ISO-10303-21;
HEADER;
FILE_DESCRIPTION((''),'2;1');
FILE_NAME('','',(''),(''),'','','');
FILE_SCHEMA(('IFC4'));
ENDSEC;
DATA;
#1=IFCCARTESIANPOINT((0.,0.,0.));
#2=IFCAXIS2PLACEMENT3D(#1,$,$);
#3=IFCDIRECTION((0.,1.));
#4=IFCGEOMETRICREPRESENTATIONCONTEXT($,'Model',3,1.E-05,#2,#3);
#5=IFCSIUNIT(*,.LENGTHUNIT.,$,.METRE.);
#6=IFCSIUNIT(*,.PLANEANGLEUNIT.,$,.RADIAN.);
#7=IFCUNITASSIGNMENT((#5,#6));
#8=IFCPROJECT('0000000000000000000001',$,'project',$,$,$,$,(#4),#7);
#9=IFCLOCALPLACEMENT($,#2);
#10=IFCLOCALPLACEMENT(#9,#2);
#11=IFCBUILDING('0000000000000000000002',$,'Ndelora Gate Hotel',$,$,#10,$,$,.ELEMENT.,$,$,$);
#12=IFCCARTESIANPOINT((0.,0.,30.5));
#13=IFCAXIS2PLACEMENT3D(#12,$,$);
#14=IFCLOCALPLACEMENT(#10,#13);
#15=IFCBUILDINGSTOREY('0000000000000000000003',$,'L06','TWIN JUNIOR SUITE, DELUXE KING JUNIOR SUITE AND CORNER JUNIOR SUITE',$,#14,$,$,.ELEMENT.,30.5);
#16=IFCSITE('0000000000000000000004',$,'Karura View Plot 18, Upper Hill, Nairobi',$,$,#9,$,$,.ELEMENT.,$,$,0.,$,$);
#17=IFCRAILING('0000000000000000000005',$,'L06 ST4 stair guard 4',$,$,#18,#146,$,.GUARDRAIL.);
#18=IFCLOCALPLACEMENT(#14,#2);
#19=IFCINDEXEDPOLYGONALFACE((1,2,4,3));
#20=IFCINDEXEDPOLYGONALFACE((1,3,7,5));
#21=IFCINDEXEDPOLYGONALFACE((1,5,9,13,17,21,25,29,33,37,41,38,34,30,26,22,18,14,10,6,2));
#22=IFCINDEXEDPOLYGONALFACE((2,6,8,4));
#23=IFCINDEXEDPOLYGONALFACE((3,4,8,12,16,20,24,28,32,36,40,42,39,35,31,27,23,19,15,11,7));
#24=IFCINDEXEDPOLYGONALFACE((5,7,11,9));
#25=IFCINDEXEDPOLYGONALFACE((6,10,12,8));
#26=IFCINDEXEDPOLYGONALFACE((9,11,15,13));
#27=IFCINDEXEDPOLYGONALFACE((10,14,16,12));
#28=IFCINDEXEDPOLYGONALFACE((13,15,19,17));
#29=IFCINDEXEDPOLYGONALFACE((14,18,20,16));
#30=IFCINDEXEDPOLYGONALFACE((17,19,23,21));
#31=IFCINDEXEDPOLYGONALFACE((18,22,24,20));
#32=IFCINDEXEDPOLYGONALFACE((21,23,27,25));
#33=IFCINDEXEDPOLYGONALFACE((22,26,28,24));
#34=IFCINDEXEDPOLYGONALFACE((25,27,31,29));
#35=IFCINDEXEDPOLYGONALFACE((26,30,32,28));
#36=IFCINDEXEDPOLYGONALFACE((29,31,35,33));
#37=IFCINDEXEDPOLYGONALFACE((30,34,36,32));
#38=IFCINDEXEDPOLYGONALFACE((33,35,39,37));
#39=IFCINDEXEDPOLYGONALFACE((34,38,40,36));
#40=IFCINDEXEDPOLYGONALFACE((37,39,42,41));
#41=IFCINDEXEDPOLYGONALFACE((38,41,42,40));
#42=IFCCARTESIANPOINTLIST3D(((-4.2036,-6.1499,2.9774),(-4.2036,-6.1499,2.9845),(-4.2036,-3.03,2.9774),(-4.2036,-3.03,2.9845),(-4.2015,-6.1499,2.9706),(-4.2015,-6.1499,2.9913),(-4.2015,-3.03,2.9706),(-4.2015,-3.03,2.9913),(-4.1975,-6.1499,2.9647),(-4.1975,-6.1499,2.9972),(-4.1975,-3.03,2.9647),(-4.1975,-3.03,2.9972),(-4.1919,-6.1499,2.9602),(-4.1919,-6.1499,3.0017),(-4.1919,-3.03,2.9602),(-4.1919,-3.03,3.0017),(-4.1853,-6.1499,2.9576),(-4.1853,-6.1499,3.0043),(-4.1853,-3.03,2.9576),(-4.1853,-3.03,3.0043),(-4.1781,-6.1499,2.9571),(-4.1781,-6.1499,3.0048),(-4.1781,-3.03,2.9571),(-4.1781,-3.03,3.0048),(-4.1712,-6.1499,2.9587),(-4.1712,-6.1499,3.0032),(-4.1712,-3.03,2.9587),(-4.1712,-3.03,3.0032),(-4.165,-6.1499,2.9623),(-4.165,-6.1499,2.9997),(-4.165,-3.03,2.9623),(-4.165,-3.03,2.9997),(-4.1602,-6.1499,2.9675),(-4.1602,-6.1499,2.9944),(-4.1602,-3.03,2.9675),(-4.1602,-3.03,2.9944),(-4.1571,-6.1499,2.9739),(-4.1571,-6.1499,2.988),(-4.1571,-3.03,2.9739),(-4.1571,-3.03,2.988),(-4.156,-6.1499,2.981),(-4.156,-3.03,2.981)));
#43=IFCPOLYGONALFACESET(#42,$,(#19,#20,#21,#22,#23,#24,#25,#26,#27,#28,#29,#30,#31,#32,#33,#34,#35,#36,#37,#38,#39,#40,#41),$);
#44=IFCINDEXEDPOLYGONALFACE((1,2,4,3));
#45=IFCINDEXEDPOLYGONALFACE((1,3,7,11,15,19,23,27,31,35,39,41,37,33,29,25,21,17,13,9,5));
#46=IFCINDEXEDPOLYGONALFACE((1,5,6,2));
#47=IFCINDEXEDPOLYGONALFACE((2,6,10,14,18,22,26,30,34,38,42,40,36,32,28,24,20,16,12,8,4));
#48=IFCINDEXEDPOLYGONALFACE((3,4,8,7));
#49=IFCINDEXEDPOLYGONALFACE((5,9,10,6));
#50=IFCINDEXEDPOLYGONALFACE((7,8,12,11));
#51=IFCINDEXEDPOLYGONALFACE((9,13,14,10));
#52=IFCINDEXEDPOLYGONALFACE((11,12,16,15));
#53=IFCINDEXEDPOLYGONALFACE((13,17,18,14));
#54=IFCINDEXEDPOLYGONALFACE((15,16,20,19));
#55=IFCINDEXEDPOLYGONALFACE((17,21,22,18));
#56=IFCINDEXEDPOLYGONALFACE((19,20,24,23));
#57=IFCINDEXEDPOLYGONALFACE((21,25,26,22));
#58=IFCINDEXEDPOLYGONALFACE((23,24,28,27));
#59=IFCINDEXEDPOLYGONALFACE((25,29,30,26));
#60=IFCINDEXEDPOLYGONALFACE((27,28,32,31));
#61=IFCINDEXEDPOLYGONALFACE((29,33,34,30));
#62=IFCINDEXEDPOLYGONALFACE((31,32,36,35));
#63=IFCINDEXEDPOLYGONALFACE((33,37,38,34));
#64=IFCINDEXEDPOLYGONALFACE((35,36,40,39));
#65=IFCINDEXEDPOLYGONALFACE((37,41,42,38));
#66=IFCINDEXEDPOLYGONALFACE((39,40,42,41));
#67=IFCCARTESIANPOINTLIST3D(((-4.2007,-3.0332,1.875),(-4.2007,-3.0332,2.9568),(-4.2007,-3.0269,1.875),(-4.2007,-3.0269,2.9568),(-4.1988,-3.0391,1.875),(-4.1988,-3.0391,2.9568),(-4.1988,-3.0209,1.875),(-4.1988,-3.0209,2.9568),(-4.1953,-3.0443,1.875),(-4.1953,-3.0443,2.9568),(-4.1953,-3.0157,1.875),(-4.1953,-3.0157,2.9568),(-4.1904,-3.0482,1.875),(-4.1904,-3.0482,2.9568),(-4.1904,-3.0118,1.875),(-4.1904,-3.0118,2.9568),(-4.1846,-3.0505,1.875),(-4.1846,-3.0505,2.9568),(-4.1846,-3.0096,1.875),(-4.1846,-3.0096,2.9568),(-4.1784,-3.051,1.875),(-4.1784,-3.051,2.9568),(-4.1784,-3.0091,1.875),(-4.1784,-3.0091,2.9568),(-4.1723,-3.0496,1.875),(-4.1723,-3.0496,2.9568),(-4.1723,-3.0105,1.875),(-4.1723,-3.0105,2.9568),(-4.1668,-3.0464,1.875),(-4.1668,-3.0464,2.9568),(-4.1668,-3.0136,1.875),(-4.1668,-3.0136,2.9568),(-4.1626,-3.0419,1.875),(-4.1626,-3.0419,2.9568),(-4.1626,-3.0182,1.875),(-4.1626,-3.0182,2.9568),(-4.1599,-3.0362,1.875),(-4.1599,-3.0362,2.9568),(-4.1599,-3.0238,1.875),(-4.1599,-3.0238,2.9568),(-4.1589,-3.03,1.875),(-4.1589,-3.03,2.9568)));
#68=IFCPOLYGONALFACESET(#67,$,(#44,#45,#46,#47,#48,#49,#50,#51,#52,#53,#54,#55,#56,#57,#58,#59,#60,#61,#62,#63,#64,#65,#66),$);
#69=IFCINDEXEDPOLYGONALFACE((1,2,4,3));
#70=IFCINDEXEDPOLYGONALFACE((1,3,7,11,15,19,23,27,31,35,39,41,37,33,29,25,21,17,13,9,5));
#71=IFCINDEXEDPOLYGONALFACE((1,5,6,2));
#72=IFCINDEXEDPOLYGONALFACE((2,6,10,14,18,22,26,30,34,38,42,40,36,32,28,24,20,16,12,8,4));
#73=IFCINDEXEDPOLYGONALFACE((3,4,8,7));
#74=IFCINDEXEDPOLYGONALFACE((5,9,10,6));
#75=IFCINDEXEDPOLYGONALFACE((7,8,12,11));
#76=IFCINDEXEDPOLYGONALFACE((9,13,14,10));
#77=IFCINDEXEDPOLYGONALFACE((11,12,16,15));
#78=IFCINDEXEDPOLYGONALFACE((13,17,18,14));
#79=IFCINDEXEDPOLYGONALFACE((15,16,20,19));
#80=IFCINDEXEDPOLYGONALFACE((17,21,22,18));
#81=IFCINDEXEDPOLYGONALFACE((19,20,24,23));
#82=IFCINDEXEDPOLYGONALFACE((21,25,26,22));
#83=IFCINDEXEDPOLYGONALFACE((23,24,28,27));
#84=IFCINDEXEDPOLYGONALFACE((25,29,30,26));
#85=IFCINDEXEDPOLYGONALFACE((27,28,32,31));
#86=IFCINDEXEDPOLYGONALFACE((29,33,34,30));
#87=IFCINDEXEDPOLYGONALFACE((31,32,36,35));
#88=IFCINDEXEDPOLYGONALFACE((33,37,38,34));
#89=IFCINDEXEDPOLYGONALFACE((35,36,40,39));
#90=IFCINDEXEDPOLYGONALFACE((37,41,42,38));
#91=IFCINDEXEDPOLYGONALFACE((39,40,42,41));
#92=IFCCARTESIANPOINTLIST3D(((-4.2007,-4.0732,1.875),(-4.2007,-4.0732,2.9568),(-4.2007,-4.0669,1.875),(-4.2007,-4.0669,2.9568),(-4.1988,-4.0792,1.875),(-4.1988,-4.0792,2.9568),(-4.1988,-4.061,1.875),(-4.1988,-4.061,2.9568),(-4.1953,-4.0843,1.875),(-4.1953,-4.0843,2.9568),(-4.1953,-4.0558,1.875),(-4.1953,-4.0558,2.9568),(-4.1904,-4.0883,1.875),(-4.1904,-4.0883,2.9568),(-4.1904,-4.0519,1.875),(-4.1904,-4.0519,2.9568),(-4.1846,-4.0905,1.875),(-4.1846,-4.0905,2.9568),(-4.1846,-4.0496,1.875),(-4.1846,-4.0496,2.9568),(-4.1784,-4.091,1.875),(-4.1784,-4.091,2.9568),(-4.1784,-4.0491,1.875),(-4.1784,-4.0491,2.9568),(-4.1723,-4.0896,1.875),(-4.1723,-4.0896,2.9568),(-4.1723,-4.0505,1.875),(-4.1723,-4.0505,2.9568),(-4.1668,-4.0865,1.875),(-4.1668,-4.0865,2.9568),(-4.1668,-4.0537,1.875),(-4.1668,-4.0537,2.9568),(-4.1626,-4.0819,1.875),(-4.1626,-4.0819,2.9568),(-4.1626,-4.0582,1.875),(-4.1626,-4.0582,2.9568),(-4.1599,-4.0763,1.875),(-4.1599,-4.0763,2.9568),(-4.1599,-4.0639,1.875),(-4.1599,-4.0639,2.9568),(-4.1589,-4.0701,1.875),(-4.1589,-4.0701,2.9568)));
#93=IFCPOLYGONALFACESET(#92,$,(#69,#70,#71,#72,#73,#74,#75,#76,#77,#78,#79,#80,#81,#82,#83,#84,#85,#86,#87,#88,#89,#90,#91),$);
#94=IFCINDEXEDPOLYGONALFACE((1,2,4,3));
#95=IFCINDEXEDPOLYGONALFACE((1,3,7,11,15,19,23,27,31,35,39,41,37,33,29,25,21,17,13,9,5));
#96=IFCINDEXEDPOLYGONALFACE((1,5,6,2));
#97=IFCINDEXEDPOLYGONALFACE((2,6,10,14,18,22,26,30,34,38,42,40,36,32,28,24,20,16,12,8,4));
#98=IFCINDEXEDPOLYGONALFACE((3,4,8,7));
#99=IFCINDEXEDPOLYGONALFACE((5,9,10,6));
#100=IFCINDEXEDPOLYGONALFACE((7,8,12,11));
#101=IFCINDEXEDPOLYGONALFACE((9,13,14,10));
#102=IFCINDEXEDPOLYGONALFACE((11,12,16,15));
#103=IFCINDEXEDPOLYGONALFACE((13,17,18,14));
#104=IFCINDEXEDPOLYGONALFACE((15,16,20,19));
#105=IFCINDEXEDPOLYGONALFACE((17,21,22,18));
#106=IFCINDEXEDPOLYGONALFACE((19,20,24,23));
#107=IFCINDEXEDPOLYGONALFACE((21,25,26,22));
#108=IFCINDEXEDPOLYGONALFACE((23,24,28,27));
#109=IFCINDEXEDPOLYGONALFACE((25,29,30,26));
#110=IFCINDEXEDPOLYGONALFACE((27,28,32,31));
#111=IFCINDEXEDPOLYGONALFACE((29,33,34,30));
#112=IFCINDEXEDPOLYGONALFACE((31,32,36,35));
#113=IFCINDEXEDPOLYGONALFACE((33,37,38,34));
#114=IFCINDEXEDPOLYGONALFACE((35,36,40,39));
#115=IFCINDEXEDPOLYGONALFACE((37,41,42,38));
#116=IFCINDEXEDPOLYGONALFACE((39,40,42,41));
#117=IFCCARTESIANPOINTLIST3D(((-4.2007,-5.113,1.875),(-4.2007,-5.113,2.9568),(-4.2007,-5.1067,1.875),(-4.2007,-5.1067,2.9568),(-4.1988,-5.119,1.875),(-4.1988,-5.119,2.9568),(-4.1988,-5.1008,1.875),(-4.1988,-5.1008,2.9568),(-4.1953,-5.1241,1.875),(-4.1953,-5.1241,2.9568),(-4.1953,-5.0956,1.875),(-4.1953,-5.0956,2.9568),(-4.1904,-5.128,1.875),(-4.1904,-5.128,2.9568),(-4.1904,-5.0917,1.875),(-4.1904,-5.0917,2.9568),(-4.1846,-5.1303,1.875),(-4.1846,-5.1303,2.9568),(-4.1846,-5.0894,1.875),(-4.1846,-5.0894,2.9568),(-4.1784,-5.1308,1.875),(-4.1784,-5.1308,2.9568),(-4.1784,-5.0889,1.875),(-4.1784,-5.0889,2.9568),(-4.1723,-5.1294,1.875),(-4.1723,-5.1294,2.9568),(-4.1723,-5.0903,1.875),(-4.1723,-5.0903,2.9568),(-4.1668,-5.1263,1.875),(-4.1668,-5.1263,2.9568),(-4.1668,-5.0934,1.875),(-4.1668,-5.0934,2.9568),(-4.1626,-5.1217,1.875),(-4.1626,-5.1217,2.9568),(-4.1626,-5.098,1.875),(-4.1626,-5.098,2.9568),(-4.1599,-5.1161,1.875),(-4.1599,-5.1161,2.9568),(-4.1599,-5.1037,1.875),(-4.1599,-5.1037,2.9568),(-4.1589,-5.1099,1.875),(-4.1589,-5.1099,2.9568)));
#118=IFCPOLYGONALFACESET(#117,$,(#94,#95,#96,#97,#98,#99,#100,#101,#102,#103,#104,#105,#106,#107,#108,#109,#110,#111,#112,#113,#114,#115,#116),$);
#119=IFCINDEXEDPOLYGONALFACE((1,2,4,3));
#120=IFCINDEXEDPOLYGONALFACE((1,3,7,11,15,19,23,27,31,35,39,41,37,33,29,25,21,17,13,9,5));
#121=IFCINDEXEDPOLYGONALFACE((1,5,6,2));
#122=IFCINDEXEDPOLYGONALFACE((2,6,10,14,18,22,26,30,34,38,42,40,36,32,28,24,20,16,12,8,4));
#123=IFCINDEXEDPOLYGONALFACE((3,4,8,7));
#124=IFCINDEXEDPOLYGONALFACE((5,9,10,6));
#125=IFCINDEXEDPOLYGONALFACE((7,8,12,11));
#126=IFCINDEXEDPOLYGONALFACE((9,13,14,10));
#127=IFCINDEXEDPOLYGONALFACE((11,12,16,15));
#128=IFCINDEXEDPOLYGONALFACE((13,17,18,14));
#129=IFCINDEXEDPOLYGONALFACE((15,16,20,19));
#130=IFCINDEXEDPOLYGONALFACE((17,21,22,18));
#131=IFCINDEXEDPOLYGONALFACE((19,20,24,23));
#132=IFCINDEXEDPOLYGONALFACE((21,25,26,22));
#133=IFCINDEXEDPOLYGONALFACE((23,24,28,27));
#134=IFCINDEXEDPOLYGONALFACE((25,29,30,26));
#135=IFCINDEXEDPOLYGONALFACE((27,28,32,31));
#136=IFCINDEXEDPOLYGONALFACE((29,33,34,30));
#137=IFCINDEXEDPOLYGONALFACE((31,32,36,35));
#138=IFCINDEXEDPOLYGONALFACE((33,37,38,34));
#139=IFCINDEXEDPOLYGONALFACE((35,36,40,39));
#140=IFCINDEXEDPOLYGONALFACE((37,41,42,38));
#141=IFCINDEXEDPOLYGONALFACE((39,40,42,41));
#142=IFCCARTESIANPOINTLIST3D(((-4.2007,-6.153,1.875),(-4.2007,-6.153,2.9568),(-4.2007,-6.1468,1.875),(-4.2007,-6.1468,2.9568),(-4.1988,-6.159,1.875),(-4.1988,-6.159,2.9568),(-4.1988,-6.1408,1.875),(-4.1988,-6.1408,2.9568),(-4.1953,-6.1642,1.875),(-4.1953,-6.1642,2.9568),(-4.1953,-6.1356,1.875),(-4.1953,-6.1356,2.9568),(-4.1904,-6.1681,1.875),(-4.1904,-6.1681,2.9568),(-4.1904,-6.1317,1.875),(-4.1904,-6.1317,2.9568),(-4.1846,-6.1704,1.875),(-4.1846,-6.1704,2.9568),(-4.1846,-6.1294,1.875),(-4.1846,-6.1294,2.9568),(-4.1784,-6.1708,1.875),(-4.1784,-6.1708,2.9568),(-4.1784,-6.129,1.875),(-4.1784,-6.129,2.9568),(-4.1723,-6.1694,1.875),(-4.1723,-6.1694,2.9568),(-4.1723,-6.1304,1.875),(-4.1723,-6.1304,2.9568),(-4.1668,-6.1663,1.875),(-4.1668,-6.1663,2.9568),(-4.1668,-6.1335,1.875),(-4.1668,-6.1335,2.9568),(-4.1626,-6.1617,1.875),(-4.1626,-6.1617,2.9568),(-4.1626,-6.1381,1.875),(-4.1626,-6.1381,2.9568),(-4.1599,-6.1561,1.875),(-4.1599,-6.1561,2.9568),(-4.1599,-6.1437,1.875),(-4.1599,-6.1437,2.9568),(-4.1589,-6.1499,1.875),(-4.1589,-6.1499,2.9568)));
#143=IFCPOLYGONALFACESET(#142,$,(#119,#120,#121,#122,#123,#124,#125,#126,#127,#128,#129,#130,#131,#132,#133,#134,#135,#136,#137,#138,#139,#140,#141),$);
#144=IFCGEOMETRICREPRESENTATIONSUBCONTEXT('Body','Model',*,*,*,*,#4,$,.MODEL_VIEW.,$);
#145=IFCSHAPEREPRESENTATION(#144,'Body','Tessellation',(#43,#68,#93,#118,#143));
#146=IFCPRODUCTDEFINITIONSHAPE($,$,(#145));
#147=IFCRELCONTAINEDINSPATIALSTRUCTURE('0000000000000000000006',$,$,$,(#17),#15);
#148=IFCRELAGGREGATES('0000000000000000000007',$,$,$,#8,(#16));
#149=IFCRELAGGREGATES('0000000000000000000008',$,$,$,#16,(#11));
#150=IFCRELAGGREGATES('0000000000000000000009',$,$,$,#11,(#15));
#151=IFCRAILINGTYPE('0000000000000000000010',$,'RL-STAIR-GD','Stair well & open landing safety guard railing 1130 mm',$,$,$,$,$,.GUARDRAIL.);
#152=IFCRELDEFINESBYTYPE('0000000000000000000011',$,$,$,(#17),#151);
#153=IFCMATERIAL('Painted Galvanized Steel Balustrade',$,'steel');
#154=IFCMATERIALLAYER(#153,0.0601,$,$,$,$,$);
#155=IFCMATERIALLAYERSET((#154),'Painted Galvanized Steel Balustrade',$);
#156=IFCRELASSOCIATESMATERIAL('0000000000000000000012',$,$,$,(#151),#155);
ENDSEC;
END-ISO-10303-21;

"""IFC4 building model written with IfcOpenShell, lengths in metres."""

from ifc_helpers import new_model, si_unit, direction, frame, origin, origin_2d, place, context, subcontext, project, spatial, circle, extrude, material, layer, layer_set, type_object, element, save


model = new_model("IFC4")

# Units and contexts
model_context = context("Model", 3, precision=1e-05, world=origin(), true_north=direction((0.0, 1.0)))
body_context = subcontext(model_context, "Body", "Model", "MODEL_VIEW")
ifc_project = project(units=[si_unit("LENGTHUNIT", "METRE"), si_unit("PLANEANGLEUNIT", "RADIAN")], contexts=[model_context])

# Site, building, storey
site_placement = place(None, origin())
site = spatial("IfcSite", under=ifc_project, at=site_placement, Name="Karura View Plot 18, Upper Hill, Nairobi", CompositionType="ELEMENT", RefElevation=0.0)
building_placement = place(site_placement, origin())
building = spatial("IfcBuilding", under=site, at=building_placement, Name="Ndelora Gate Hotel", CompositionType="ELEMENT")
storey_placement = place(building_placement, frame((0.0, 0.0, 30.5)))
storey = spatial("IfcBuildingStorey", under=building, at=storey_placement, Name="L06", Description="TWIN JUNIOR SUITE, DELUXE KING JUNIOR SUITE AND CORNER JUNIOR SUITE", CompositionType="ELEMENT", Elevation=30.5)

# Railing
ifc_material_1 = material(Name="Painted Galvanized Steel Balustrade", Category="steel")
ifc_layer_1 = layer(ifc_material_1, 0.0601)
ifc_layer_set_1 = layer_set([ifc_layer_1], Name="Painted Galvanized Steel Balustrade")
railing_type_1 = type_object("IfcRailingType", Name="RL-STAIR-GD", Description="Stair well & open landing safety guard railing 1130 mm", PredefinedType="GUARDRAIL", material=ifc_layer_set_1)
for number, where, name in (
    (1, (-4.1799, -3.03, 1.875), "L06 ST4 stair guard 4"),
):
    element("IfcRailing", number, at=place(storey_placement, frame(where)), inside=storey, type_object=railing_type_1, Name=name, PredefinedType="GUARDRAIL", context=body_context, shape_type="SweptSolid", body=[
        extrude(circle(Radius=0.0239, at=origin_2d()), frame((0.0, 0.0, 1.106), z_axis=(0.0, -1.0, 0.0), x_axis=(1.0, 0.0, 0.0)), (0.0, 0.0, 1.0), 3.1199),
        extrude(circle(Radius=0.021, at=origin_2d()), origin(), (0.0, 0.0, 1.0), 1.0818),
        extrude(circle(Radius=0.021, at=origin_2d()), frame((0.0, -1.04, 0.0)), (0.0, 0.0, 1.0), 1.0818),
        extrude(circle(Radius=0.021, at=origin_2d()), frame((0.0, -2.0798, 0.0)), (0.0, 0.0, 1.0), 1.0818),
        extrude(circle(Radius=0.021, at=origin_2d()), frame((0.0, -3.1199, 0.0)), (0.0, 0.0, 1.0), 1.0818),
    ])

save(model, "model.ifc")
